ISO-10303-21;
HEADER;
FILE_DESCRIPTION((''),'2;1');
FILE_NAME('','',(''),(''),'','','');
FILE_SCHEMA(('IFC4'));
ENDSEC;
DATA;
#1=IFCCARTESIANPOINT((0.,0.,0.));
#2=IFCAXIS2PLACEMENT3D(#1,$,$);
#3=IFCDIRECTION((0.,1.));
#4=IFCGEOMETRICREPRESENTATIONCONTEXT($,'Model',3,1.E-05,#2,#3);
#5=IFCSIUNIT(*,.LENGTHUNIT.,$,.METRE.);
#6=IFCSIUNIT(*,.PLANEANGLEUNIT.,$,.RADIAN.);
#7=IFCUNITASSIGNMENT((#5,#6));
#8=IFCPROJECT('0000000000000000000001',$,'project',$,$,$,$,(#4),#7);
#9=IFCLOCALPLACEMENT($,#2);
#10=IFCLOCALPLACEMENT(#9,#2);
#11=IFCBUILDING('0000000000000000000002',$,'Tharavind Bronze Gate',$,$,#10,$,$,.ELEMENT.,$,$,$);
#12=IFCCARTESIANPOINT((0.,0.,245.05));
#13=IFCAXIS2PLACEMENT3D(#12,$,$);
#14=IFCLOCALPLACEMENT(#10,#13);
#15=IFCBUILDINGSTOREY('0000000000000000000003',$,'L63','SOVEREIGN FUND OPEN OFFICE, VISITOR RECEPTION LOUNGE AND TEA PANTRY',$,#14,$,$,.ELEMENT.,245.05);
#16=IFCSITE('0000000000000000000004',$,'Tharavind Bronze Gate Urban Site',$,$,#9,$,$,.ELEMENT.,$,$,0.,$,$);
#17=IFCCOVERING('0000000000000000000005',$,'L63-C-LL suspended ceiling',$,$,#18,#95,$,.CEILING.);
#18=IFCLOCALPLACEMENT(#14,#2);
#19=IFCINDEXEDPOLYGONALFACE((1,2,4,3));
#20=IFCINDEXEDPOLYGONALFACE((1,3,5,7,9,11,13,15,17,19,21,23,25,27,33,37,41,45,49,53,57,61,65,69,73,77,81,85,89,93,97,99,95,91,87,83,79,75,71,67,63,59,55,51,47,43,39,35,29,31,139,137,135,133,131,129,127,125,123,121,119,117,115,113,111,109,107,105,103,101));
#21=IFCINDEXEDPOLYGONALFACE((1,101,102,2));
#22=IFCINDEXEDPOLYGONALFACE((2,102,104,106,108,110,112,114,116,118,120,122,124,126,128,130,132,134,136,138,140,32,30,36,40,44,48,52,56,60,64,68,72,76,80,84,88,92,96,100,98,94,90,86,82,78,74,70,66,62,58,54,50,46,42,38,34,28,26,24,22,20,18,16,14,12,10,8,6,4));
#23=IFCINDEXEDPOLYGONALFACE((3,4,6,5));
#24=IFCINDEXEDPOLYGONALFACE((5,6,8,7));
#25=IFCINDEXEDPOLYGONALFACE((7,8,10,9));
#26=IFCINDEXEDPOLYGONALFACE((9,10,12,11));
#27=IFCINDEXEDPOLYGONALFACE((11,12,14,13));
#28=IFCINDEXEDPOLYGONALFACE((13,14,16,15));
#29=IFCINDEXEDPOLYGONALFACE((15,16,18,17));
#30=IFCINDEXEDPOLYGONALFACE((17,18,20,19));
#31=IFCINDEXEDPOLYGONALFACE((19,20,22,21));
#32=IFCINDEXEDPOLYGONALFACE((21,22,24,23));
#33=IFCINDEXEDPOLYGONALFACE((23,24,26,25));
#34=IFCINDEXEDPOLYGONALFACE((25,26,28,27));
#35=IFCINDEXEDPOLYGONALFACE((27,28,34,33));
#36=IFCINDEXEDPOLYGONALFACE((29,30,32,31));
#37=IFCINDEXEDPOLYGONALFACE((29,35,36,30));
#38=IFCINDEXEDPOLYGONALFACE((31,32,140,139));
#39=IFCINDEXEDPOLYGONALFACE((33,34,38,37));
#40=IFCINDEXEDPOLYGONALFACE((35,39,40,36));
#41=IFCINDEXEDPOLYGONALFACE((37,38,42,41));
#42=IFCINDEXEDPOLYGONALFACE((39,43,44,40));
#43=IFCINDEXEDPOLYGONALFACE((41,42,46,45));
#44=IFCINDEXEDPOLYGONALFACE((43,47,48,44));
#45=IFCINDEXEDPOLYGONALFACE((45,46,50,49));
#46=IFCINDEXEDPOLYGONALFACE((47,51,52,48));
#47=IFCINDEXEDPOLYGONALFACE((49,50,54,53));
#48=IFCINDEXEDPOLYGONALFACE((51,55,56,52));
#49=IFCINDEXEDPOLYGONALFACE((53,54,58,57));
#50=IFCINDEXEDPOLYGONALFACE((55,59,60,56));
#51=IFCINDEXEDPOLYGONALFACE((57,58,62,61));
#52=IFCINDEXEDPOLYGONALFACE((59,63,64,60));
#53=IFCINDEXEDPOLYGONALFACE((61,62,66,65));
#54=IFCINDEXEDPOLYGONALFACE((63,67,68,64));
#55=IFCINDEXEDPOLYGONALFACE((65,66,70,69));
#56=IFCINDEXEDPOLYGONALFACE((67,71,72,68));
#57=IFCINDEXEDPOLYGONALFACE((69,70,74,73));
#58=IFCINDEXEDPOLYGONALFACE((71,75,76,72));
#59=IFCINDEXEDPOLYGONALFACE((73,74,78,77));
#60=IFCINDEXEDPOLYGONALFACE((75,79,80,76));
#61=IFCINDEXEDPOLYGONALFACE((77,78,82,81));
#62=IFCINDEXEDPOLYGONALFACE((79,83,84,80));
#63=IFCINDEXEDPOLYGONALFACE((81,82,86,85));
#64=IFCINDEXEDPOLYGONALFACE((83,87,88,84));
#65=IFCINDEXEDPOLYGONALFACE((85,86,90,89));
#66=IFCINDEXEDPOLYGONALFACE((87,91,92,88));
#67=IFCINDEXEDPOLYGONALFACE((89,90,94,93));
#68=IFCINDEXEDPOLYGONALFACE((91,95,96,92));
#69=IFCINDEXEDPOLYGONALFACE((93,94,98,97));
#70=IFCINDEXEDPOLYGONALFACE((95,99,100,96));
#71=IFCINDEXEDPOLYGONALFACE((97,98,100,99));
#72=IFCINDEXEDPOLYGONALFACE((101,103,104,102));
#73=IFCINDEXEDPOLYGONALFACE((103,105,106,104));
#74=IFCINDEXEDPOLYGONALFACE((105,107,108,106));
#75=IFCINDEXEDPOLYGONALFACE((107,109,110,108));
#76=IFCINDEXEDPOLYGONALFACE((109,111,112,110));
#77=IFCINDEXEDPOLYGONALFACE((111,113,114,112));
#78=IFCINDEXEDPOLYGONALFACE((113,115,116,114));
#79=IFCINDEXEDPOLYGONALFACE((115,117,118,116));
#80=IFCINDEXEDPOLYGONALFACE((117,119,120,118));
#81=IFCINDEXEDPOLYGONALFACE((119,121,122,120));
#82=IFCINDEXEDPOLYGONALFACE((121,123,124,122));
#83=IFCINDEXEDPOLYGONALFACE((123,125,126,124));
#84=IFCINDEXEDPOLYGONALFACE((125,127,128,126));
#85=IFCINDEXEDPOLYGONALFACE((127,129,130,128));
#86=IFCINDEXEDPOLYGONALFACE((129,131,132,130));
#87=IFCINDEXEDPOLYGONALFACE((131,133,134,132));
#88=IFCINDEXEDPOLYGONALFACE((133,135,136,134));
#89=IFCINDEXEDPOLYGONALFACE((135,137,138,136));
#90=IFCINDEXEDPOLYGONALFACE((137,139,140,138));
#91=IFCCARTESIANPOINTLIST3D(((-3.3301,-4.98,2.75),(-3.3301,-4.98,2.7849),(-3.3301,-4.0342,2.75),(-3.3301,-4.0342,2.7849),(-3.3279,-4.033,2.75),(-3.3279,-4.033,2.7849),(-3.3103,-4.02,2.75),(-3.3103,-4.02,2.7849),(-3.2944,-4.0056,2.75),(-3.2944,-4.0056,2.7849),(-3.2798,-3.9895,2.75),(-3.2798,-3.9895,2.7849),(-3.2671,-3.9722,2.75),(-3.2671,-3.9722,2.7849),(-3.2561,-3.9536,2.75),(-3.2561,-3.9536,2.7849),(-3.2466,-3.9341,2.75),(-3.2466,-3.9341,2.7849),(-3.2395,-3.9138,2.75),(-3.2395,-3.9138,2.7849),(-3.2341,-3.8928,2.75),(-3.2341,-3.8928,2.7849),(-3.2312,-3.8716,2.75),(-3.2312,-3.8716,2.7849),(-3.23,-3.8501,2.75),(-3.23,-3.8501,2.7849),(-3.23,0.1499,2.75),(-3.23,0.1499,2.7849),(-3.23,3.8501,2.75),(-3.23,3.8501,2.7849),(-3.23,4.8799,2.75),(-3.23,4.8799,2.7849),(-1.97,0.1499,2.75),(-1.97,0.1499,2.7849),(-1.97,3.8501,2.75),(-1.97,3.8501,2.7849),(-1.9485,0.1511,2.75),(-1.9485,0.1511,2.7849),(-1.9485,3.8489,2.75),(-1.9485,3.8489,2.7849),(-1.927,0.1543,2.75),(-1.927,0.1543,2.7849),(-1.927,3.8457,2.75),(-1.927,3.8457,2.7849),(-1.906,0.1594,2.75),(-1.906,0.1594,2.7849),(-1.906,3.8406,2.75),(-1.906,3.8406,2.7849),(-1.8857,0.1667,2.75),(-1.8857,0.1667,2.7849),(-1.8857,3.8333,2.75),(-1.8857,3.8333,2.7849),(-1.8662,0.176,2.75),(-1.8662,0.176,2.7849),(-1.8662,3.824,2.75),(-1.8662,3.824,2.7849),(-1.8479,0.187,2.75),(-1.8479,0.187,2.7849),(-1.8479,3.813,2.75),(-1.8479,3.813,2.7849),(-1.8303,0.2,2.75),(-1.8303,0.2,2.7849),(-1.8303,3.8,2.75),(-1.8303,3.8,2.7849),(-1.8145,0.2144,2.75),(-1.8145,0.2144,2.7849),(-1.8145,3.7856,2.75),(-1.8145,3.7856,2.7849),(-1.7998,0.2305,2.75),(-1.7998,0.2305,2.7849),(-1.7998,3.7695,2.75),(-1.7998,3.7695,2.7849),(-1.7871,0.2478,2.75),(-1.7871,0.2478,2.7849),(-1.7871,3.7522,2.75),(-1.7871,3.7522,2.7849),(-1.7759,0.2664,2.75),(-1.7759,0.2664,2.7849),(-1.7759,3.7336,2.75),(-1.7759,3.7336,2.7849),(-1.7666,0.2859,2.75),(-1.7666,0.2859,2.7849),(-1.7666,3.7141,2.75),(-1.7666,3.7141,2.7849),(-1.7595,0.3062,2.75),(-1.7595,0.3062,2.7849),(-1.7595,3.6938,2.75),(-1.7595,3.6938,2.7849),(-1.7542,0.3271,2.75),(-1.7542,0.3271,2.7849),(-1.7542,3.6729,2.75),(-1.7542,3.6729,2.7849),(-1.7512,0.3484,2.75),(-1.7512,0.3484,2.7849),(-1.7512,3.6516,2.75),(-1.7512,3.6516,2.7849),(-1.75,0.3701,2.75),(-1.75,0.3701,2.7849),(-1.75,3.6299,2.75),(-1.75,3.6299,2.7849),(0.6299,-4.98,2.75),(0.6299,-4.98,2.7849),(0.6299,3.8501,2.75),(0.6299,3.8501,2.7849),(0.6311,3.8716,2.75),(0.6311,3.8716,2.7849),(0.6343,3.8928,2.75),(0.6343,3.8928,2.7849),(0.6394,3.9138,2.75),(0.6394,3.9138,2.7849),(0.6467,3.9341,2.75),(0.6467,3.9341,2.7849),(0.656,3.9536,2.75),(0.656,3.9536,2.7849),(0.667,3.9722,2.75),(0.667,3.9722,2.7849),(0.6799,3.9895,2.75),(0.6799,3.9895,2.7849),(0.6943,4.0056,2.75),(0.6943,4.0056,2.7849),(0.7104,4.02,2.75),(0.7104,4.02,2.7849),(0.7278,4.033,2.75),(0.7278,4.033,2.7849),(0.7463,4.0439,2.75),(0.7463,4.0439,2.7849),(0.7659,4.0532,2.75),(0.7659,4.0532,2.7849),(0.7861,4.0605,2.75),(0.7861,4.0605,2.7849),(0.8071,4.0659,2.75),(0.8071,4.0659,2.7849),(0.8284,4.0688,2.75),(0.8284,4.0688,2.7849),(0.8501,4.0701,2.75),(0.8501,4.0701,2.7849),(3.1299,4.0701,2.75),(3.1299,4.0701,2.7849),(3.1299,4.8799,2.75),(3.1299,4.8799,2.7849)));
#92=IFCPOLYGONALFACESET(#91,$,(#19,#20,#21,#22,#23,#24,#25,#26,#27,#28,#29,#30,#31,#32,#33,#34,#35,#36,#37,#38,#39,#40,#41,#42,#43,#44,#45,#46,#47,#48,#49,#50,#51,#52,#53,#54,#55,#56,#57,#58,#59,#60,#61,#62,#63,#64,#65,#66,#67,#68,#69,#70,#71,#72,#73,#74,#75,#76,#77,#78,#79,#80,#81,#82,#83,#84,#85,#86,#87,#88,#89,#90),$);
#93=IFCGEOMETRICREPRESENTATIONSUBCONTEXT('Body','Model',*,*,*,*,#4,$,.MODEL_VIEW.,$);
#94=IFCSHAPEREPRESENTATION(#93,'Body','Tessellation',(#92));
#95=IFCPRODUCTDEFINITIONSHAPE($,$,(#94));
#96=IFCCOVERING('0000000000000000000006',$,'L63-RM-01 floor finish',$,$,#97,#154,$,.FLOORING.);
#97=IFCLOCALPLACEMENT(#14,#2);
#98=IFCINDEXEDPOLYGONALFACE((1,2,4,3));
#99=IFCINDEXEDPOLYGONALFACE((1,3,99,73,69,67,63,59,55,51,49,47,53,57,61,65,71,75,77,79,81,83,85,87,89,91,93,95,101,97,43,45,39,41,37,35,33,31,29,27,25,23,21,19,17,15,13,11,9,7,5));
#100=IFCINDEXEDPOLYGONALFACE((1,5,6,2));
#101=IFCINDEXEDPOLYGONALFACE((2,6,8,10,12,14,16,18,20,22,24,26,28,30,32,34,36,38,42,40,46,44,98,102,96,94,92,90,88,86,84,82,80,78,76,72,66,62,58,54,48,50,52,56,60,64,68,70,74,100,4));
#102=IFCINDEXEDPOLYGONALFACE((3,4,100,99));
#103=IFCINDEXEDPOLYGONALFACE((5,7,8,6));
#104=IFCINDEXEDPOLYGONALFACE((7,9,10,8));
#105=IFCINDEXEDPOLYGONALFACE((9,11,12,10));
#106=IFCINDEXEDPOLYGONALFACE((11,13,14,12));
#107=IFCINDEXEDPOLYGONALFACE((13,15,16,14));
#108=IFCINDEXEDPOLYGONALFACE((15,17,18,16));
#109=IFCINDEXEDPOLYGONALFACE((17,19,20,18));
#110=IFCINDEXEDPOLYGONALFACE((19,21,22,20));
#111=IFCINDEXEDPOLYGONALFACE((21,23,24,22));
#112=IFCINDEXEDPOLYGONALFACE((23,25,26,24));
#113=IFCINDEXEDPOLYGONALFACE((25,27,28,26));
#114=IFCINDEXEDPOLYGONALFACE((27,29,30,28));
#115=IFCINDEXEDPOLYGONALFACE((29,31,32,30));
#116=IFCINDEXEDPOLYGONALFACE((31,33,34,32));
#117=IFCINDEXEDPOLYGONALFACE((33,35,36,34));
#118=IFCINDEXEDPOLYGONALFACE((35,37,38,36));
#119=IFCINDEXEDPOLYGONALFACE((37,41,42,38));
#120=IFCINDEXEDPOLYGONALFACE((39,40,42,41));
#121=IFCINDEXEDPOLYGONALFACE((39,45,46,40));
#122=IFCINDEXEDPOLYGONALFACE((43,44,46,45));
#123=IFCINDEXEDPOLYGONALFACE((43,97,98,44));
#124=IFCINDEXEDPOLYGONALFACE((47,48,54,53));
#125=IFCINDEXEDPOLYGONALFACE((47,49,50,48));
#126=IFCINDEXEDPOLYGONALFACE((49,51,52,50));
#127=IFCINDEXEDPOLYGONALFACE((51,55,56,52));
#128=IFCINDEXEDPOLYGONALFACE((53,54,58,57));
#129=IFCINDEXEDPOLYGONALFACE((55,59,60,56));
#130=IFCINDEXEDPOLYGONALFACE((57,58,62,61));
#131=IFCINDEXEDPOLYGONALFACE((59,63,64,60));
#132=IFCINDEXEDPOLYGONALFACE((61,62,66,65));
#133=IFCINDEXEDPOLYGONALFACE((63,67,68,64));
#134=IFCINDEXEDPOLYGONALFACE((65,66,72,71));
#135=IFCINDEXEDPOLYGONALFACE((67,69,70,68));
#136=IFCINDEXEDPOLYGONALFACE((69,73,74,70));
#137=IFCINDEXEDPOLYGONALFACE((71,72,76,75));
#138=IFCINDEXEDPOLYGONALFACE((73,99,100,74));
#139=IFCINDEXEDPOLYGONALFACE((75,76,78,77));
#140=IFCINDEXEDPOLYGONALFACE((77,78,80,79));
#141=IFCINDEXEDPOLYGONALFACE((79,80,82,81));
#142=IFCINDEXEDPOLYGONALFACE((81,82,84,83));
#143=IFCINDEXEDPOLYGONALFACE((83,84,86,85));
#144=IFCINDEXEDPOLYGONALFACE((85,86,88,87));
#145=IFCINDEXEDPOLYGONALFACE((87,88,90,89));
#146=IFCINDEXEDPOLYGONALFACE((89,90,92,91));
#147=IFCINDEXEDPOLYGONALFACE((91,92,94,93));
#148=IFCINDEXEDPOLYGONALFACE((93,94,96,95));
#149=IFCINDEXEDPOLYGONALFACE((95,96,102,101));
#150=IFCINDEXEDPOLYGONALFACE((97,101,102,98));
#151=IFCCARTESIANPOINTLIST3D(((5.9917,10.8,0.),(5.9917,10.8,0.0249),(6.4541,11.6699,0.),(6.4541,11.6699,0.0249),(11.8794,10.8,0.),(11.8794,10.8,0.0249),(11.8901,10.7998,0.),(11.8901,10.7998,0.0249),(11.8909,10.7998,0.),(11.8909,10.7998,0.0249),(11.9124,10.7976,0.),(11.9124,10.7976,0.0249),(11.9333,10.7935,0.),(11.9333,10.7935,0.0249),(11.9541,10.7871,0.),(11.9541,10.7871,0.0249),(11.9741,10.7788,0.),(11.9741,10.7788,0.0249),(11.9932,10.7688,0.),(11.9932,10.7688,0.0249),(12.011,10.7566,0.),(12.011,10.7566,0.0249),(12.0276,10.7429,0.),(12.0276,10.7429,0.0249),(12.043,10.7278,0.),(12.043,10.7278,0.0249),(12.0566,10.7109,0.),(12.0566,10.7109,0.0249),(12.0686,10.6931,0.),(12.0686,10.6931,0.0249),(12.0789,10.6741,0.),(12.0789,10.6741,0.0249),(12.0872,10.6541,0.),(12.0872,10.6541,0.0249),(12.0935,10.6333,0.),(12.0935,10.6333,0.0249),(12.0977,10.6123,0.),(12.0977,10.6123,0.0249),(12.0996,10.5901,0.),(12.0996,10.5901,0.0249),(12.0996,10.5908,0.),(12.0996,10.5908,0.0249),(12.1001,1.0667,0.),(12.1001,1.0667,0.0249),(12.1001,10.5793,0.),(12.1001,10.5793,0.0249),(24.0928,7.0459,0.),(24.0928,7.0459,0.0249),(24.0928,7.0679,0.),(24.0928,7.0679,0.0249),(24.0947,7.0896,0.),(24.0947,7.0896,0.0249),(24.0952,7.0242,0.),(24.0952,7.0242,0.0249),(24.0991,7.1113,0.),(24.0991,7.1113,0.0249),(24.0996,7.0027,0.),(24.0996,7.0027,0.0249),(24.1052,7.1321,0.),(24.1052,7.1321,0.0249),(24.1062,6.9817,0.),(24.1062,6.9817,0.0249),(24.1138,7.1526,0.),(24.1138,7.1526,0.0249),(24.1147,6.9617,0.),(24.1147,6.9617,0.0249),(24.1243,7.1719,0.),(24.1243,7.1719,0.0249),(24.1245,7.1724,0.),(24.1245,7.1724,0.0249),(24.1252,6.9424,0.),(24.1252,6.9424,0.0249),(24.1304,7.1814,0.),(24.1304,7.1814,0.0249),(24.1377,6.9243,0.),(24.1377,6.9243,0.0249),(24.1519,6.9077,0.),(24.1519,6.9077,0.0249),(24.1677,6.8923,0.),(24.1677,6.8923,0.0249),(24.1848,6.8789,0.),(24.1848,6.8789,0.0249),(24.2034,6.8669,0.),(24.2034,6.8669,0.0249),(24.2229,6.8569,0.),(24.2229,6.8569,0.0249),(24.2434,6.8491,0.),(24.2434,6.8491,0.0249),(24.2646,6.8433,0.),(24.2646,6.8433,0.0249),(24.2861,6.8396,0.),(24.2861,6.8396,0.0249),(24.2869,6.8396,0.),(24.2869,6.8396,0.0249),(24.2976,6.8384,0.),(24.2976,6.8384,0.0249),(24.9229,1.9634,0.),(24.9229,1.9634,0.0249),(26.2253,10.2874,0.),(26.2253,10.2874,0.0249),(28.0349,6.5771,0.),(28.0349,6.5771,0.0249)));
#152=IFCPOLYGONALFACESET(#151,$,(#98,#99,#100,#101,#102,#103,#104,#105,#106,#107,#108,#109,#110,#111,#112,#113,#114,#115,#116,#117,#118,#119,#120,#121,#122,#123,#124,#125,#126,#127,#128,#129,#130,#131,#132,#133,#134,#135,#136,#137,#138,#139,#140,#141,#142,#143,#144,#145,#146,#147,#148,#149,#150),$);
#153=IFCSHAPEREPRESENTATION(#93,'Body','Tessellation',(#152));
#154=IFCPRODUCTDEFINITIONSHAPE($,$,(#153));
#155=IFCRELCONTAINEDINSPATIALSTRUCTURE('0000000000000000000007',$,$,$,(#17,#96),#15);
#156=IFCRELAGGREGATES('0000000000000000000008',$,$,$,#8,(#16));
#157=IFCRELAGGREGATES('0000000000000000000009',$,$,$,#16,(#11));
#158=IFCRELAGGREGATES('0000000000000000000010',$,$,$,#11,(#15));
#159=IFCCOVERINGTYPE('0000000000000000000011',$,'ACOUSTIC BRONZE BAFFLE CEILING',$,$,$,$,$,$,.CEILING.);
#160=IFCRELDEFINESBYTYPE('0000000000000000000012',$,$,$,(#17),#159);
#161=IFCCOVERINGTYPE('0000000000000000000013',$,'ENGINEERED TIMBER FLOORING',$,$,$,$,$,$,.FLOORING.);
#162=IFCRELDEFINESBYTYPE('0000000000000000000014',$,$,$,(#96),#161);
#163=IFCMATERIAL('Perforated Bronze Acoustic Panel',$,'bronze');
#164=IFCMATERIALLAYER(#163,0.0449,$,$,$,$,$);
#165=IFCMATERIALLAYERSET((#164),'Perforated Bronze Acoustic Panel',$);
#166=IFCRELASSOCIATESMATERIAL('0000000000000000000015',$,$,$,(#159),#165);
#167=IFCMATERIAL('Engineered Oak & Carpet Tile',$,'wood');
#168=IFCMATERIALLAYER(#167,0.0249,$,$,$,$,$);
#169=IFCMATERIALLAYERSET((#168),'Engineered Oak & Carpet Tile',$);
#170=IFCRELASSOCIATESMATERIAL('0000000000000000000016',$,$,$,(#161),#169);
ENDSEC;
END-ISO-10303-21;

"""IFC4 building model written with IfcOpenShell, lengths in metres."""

from ifc_helpers import new_model, si_unit, direction, frame, origin, place, context, subcontext, project, spatial, polyline, outline, extrude, material, layer, layer_set, type_object, element, save


model = new_model("IFC4")

# Units and contexts
model_context = context("Model", 3, precision=1e-05, world=origin(), true_north=direction((0.0, 1.0)))
body_context = subcontext(model_context, "Body", "Model", "MODEL_VIEW")
ifc_project = project(units=[si_unit("LENGTHUNIT", "METRE"), si_unit("PLANEANGLEUNIT", "RADIAN")], contexts=[model_context])

# Site, building, storey
site_placement = place(None, origin())
site = spatial("IfcSite", under=ifc_project, at=site_placement, Name="Tharavind Bronze Gate Urban Site", CompositionType="ELEMENT", RefElevation=0.0)
building_placement = place(site_placement, origin())
building = spatial("IfcBuilding", under=site, at=building_placement, Name="Tharavind Bronze Gate", CompositionType="ELEMENT")
storey_placement = place(building_placement, frame((0.0, 0.0, 245.05)))
storey = spatial("IfcBuildingStorey", under=building, at=storey_placement, Name="L63", Description="SOVEREIGN FUND OPEN OFFICE, VISITOR RECEPTION LOUNGE AND TEA PANTRY", CompositionType="ELEMENT", Elevation=245.05)

# Coverings
ifc_material_1 = material(Name="Perforated Bronze Acoustic Panel", Category="bronze")
ifc_layer_1 = layer(ifc_material_1, 0.0449)
ifc_layer_set_1 = layer_set([ifc_layer_1], Name="Perforated Bronze Acoustic Panel")
covering_type_1 = type_object("IfcCoveringType", Name="ACOUSTIC BRONZE BAFFLE CEILING", PredefinedType="CEILING", material=ifc_layer_set_1)
covering_1_placement = place(storey_placement, frame((0.0, 0.0, 2.75)))
element("IfcCovering", 1, at=covering_1_placement, inside=storey, type_object=covering_type_1, Name="L63-C-LL suspended ceiling", PredefinedType="CEILING", context=body_context, shape_type="SweptSolid", body=[
    extrude(outline(polyline([(-3.3301, -4.98), (0.6299, -4.98), (0.6299, 3.8501), (0.6311, 3.8716), (0.6343, 3.8928), (0.6394, 3.9138), (0.6467, 3.9341), (0.656, 3.9536), (0.667, 3.9722), (0.6799, 3.9895), (0.6943, 4.0056), (0.7104, 4.02), (0.7278, 4.033), (0.7463, 4.0439), (0.7659, 4.0532), (0.7861, 4.0605), (0.8071, 4.0659), (0.8284, 4.0688), (0.8501, 4.0701), (3.1299, 4.0701), (3.1299, 4.8799), (-3.23, 4.8799), (-3.23, 3.8501), (-1.97, 3.8501), (-1.9485, 3.8489), (-1.927, 3.8457), (-1.906, 3.8406), (-1.8857, 3.8333), (-1.8662, 3.824), (-1.8479, 3.813), (-1.8303, 3.8), (-1.8145, 3.7856), (-1.7998, 3.7695), (-1.7871, 3.7522), (-1.7759, 3.7336), (-1.7666, 3.7141), (-1.7595, 3.6938), (-1.7542, 3.6729), (-1.7512, 3.6516), (-1.75, 3.6299), (-1.75, 0.3701), (-1.7512, 0.3484), (-1.7542, 0.3271), (-1.7595, 0.3062), (-1.7666, 0.2859), (-1.7759, 0.2664), (-1.7871, 0.2478), (-1.7998, 0.2305), (-1.8145, 0.2144), (-1.8303, 0.2), (-1.8479, 0.187), (-1.8662, 0.176), (-1.8857, 0.1667), (-1.906, 0.1594), (-1.927, 0.1543), (-1.9485, 0.1511), (-1.97, 0.1499), (-3.23, 0.1499), (-3.23, -3.8501), (-3.2312, -3.8716), (-3.2341, -3.8928), (-3.2395, -3.9138), (-3.2466, -3.9341), (-3.2561, -3.9536), (-3.2671, -3.9722), (-3.2798, -3.9895), (-3.2944, -4.0056), (-3.3103, -4.02), (-3.3279, -4.033), (-3.3301, -4.0342), (-3.3301, -4.98)])), origin(), (0.0, 0.0, 1.0), 0.0349),
])
ifc_material_2 = material(Name="Engineered Oak & Carpet Tile", Category="wood")
ifc_layer_2 = layer(ifc_material_2, 0.0249)
ifc_layer_set_2 = layer_set([ifc_layer_2], Name="Engineered Oak & Carpet Tile")
covering_type_2 = type_object("IfcCoveringType", Name="ENGINEERED TIMBER FLOORING", PredefinedType="FLOORING", material=ifc_layer_set_2)
covering_2_placement = place(storey_placement, origin())
element("IfcCovering", 2, at=covering_2_placement, inside=storey, type_object=covering_type_2, Name="L63-RM-01 floor finish", PredefinedType="FLOORING", context=body_context, shape_type="SweptSolid", body=[
    extrude(outline(polyline([(11.8794, 10.8), (11.8901, 10.7998), (11.8909, 10.7998), (11.9124, 10.7976), (11.9333, 10.7935), (11.9541, 10.7871), (11.9741, 10.7788), (11.9932, 10.7688), (12.011, 10.7566), (12.0276, 10.7429), (12.043, 10.7278), (12.0566, 10.7109), (12.0686, 10.6931), (12.0789, 10.6741), (12.0872, 10.6541), (12.0935, 10.6333), (12.0977, 10.6123), (12.0996, 10.5908), (12.0996, 10.5901), (12.1001, 10.5793), (12.1001, 1.0667), (24.9229, 1.9634), (28.0349, 6.5771), (24.2976, 6.8384), (24.2869, 6.8396), (24.2861, 6.8396), (24.2646, 6.8433), (24.2434, 6.8491), (24.2229, 6.8569), (24.2034, 6.8669), (24.1848, 6.8789), (24.1677, 6.8923), (24.1519, 6.9077), (24.1377, 6.9243), (24.1252, 6.9424), (24.1147, 6.9617), (24.1062, 6.9817), (24.0996, 7.0027), (24.0952, 7.0242), (24.0928, 7.0459), (24.0928, 7.0679), (24.0947, 7.0896), (24.0991, 7.1113), (24.1052, 7.1321), (24.1138, 7.1526), (24.1243, 7.1719), (24.1245, 7.1724), (24.1304, 7.1814), (26.2253, 10.2874), (6.4541, 11.6699), (5.9917, 10.8), (11.8794, 10.8)])), origin(), (0.0, 0.0, 1.0), 0.0249),
])

save(model, "model.ifc")
